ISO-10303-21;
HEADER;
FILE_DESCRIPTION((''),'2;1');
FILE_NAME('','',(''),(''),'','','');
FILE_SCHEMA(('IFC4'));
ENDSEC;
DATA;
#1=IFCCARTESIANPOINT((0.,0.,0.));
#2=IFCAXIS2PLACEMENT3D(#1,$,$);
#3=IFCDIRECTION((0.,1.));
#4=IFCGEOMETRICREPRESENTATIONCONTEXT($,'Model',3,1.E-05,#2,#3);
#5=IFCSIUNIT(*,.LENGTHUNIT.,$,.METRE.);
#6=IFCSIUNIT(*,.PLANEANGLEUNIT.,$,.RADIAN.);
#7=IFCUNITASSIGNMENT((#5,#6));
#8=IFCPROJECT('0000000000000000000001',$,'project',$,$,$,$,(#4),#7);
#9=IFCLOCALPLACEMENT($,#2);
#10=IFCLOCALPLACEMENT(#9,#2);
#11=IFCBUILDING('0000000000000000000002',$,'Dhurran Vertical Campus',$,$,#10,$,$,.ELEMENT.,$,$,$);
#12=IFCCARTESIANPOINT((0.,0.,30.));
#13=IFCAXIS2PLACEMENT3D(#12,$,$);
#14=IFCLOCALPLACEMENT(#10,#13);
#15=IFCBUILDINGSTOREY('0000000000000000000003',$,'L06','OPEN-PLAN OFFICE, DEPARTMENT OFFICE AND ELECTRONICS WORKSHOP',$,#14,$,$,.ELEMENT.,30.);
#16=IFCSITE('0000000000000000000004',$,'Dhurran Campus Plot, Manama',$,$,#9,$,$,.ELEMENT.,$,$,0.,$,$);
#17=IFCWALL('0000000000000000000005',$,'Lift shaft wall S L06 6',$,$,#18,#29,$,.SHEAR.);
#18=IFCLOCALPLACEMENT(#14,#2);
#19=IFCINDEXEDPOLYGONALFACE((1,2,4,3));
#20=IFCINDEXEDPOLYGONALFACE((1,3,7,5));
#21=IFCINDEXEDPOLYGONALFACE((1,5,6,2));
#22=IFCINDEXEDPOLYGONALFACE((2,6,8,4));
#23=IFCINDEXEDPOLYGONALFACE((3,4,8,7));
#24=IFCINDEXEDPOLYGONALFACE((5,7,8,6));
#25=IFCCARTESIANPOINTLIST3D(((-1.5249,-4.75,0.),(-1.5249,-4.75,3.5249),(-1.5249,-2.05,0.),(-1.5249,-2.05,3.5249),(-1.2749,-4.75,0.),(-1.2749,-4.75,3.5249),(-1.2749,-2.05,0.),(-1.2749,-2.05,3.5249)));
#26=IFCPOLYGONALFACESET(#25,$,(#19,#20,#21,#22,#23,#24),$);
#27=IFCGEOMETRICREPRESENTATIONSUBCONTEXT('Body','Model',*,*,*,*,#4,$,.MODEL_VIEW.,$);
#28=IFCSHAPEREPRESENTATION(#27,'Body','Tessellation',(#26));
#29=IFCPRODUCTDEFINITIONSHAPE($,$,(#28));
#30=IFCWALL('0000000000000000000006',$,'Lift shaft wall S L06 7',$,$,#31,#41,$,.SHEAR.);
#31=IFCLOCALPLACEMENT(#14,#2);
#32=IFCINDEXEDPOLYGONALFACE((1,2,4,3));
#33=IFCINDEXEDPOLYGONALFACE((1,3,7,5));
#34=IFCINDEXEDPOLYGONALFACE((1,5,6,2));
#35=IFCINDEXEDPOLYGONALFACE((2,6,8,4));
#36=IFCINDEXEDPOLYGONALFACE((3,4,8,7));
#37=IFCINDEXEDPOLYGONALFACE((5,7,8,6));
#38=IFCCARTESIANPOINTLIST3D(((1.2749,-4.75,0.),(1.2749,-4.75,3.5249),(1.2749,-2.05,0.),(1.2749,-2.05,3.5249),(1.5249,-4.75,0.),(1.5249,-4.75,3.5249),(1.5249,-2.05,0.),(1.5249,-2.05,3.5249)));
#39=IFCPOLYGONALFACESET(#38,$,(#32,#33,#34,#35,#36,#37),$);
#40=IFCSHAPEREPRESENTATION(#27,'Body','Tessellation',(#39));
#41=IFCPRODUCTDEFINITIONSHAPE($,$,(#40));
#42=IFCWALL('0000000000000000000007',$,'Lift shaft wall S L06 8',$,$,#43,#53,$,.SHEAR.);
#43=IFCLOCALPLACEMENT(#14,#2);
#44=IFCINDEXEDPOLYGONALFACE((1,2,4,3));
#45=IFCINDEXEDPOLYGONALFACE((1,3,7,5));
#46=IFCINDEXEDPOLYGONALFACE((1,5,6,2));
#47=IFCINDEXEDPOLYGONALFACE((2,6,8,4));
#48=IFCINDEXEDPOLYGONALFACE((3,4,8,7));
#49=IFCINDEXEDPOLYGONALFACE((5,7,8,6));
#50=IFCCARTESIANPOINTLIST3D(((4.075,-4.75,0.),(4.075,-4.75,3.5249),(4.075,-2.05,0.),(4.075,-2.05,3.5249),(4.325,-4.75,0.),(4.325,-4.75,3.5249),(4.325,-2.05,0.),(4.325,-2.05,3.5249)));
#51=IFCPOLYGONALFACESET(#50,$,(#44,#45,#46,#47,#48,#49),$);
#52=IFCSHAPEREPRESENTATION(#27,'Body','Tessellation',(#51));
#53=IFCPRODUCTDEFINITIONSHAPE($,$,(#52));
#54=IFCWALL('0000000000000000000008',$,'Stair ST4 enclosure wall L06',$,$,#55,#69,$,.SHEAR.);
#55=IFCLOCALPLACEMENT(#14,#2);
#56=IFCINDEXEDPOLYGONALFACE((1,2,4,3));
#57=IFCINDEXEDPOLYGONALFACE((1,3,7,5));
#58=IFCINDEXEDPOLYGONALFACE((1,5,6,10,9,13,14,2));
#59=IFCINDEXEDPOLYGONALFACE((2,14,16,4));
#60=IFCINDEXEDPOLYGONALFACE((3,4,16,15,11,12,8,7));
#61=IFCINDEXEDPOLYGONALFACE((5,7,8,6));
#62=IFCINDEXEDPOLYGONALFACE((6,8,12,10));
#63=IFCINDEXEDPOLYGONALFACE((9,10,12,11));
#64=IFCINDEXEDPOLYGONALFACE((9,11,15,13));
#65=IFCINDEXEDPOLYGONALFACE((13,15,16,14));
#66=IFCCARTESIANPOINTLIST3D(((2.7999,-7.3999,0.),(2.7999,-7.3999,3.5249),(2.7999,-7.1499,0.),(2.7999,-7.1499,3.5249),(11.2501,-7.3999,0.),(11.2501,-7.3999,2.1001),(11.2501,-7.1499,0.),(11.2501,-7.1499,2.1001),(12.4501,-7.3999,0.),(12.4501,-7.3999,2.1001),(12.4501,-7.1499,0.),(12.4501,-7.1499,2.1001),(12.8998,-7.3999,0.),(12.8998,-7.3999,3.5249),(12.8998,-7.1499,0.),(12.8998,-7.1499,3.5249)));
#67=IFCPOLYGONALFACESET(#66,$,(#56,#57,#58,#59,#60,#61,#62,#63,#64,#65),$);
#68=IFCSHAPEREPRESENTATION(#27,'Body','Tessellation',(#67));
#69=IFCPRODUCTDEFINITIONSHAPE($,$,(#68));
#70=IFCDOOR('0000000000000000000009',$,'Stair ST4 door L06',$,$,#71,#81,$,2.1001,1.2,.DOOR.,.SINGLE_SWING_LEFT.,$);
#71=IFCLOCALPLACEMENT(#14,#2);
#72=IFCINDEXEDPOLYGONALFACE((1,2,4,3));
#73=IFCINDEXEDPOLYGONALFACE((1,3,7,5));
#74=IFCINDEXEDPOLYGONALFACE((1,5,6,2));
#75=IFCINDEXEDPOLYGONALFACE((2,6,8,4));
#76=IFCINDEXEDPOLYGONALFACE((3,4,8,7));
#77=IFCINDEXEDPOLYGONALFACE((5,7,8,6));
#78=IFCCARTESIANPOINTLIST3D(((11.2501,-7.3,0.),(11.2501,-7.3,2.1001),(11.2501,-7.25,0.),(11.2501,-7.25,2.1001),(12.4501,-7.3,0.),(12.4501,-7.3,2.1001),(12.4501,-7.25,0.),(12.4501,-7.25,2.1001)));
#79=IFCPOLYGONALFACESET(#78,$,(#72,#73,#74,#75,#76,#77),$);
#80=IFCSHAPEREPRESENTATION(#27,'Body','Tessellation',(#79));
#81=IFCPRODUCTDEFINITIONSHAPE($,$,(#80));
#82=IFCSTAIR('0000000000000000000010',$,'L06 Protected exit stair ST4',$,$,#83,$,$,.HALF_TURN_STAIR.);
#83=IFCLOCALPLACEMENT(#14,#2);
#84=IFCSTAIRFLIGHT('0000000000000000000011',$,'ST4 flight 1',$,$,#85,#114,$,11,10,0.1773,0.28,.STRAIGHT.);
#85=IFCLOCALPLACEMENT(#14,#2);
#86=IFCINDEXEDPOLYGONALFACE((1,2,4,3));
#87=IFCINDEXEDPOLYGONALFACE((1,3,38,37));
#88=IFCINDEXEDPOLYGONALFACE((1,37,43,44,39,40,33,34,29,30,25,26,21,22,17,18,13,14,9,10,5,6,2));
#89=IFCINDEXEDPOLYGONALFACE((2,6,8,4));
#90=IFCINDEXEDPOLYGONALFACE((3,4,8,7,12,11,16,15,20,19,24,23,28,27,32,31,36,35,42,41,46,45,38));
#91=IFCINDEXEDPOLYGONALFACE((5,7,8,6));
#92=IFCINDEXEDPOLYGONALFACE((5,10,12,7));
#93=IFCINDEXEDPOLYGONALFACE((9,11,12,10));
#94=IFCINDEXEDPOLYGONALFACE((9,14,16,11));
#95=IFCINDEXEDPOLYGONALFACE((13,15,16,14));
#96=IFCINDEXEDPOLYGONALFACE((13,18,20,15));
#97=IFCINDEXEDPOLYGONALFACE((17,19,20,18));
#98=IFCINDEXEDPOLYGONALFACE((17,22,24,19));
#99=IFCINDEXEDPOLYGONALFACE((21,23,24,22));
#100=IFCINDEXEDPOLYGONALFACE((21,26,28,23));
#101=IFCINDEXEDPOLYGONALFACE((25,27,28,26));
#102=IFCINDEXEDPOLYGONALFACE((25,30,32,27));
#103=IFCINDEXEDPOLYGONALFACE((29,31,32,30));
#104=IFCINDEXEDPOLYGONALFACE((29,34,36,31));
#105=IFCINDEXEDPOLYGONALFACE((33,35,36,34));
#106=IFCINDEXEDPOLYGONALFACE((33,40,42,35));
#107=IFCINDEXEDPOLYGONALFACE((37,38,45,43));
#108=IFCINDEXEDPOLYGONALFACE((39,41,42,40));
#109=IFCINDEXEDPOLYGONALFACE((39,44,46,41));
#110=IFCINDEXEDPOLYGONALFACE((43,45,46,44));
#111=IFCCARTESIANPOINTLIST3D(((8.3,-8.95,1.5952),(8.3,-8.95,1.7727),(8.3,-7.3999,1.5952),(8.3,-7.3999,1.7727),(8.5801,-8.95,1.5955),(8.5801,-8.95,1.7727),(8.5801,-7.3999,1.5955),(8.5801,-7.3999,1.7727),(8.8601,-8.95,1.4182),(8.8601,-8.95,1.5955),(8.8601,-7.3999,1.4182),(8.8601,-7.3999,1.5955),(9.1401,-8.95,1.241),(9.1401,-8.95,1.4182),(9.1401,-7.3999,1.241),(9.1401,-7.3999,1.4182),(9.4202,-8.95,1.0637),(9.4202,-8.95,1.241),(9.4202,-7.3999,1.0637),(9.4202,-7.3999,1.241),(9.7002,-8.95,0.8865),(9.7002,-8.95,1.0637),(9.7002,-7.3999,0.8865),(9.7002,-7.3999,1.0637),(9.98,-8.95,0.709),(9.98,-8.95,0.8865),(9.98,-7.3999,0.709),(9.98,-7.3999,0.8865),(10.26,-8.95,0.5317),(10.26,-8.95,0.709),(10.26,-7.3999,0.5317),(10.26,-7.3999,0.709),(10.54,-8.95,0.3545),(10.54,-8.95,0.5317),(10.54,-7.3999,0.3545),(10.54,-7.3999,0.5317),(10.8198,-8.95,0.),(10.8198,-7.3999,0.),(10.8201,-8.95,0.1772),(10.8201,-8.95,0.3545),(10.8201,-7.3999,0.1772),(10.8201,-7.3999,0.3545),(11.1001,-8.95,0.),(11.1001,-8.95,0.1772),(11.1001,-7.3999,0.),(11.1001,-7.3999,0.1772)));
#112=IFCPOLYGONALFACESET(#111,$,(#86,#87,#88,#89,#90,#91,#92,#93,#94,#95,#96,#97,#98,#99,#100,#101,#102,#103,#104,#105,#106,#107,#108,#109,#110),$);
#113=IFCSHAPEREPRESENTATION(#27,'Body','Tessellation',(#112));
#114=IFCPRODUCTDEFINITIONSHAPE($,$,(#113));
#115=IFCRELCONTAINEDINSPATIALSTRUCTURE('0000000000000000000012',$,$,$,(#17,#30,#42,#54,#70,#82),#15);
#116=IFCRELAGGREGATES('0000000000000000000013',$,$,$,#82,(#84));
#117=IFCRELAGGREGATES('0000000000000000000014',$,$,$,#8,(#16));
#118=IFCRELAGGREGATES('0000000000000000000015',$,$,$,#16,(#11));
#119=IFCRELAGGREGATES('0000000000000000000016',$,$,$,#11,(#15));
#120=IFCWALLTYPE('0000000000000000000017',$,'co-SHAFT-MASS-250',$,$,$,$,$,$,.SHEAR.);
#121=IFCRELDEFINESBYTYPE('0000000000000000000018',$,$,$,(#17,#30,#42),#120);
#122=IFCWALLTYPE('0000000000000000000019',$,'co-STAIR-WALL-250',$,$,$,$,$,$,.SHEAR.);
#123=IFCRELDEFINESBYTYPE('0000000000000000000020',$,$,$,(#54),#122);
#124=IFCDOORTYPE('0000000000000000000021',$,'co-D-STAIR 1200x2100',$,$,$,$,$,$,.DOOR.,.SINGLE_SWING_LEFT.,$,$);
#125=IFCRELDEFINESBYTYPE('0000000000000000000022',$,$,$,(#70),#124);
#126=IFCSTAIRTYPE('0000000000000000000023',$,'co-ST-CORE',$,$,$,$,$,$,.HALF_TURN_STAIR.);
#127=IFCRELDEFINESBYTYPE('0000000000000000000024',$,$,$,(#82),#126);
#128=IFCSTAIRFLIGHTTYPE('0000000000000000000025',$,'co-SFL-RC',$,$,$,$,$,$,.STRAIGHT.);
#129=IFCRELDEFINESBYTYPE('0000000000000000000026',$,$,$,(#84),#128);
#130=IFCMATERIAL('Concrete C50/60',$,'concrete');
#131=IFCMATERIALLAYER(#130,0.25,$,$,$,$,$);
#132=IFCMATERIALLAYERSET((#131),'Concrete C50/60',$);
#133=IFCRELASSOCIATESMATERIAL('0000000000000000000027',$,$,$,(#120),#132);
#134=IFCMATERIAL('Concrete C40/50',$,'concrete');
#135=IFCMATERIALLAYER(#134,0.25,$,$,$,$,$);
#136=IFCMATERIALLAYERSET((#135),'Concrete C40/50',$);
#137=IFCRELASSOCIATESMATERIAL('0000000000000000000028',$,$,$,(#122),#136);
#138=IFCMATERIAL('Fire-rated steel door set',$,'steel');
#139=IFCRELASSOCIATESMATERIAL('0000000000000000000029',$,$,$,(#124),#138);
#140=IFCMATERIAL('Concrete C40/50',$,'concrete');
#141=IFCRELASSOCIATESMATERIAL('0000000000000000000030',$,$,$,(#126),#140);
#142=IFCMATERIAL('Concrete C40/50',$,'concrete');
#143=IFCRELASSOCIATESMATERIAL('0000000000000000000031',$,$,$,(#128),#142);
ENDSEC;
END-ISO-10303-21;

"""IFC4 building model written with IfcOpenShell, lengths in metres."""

from ifc_helpers import new_model, si_unit, direction, frame, frame_2d, origin, place, context, subcontext, project, spatial, polyline, rectangle, outline, extrude, material, layer, layer_set, type_object, element, fill, aggregate, save


model = new_model("IFC4")

# Units and contexts
model_context = context("Model", 3, precision=1e-05, world=origin(), true_north=direction((0.0, 1.0)))
body_context = subcontext(model_context, "Body", "Model", "MODEL_VIEW")
ifc_project = project(units=[si_unit("LENGTHUNIT", "METRE"), si_unit("PLANEANGLEUNIT", "RADIAN")], contexts=[model_context])

# Site, building, storey
site_placement = place(None, origin())
site = spatial("IfcSite", under=ifc_project, at=site_placement, Name="Dhurran Campus Plot, Manama", CompositionType="ELEMENT", RefElevation=0.0)
building_placement = place(site_placement, origin())
building = spatial("IfcBuilding", under=site, at=building_placement, Name="Dhurran Vertical Campus", CompositionType="ELEMENT")
storey_placement = place(building_placement, frame((0.0, 0.0, 30.0)))
storey = spatial("IfcBuildingStorey", under=building, at=storey_placement, Name="L06", Description="OPEN-PLAN OFFICE, DEPARTMENT OFFICE AND ELECTRONICS WORKSHOP", CompositionType="ELEMENT", Elevation=30.0)

# Walls
ifc_material_1 = material(Name="Concrete C50/60", Category="concrete")
ifc_layer_1 = layer(ifc_material_1, 0.25)
ifc_layer_set_1 = layer_set([ifc_layer_1], Name="Concrete C50/60")
wall_type_1 = type_object("IfcWallType", Name="co-SHAFT-MASS-250", PredefinedType="SHEAR", material=ifc_layer_set_1)
wall_1_placement = place(storey_placement, origin())
element("IfcWall", 1, at=wall_1_placement, inside=storey, type_object=wall_type_1, Name="Lift shaft wall S L06 6", PredefinedType="SHEAR", context=body_context, shape_type="SweptSolid", body=[
    extrude(outline(polyline([(-1.5249, -4.75), (-1.2749, -4.75), (-1.2749, -2.05), (-1.5249, -2.05), (-1.5249, -4.75)])), origin(), (0.0, 0.0, 1.0), 3.5249),
])
wall_2_placement = place(storey_placement, origin())
element("IfcWall", 2, at=wall_2_placement, inside=storey, type_object=wall_type_1, Name="Lift shaft wall S L06 7", PredefinedType="SHEAR", context=body_context, shape_type="SweptSolid", body=[
    extrude(outline(polyline([(1.2749, -4.75), (1.5249, -4.75), (1.5249, -2.05), (1.2749, -2.05), (1.2749, -4.75)])), origin(), (0.0, 0.0, 1.0), 3.5249),
])
wall_3_placement = place(storey_placement, origin())
element("IfcWall", 3, at=wall_3_placement, inside=storey, type_object=wall_type_1, Name="Lift shaft wall S L06 8", PredefinedType="SHEAR", context=body_context, shape_type="SweptSolid", body=[
    extrude(outline(polyline([(4.075, -4.75), (4.325, -4.75), (4.325, -2.05), (4.075, -2.05), (4.075, -4.75)])), origin(), (0.0, 0.0, 1.0), 3.5249),
])

# Wall, opening, door
ifc_material_2 = material(Name="Concrete C40/50", Category="concrete")
ifc_layer_2 = layer(ifc_material_2, 0.25)
ifc_layer_set_2 = layer_set([ifc_layer_2], Name="Concrete C40/50")
wall_type_2 = type_object("IfcWallType", Name="co-STAIR-WALL-250", PredefinedType="SHEAR", material=ifc_layer_set_2)
wall_4_placement = place(storey_placement, frame((2.8, -7.2749, 0.0), z_axis=(0.0, 0.0, 1.0), x_axis=(1.0, 0.0, 0.0)))
wall_4 = element("IfcWall", 4, at=wall_4_placement, inside=storey, type_object=wall_type_2, Name="Stair ST4 enclosure wall L06", PredefinedType="SHEAR", context=body_context, shape_type="SweptSolid", body=[
    extrude(rectangle(XDim=10.0999, YDim=0.25, at=frame_2d((5.0498, 0.0))), origin(), (0.0, 0.0, 1.0), 3.5249),
])
opening_1_placement = place(wall_4_placement, frame((8.45, 0.0, 0.0)))
opening_1 = element("IfcOpeningElement", 5, at=opening_1_placement, cuts=wall_4, PredefinedType="OPENING", context=body_context, shape_type="SweptSolid", body=[
    extrude(rectangle(XDim=1.2, YDim=2.1001, at=frame_2d((0.6001, 1.05))), frame((0.0, 0.135, 0.0), z_axis=(0.0, -1.0, 0.0), x_axis=(1.0, 0.0, 0.0)), (0.0, 0.0, 1.0), 0.27),
])
ifc_material_3 = material(Name="Fire-rated steel door set", Category="steel")
door_type_1 = type_object("IfcDoorType", Name="co-D-STAIR 1200x2100", OperationType="SINGLE_SWING_LEFT", PredefinedType="DOOR", material=ifc_material_3)
door_1_placement = place(opening_1_placement, origin())
door_1 = element("IfcDoor", 6, at=door_1_placement, inside=storey, type_object=door_type_1, Name="Stair ST4 door L06", OperationType="SINGLE_SWING_LEFT", OverallHeight=2.1001, OverallWidth=1.2, PredefinedType="DOOR", context=body_context, shape_type="SweptSolid", body=[
    extrude(rectangle(XDim=1.2, YDim=2.1001, at=frame_2d((0.6001, 1.05))), frame((0.0, 0.0249, 0.0), z_axis=(0.0, -1.0, 0.0), x_axis=(1.0, 0.0, 0.0)), (0.0, 0.0, 1.0), 0.05),
])
fill(opening_1, door_1)

# Stair, stair flight
ifc_material_4 = material(Name="Concrete C40/50", Category="concrete")
stair_type = type_object("IfcStairType", Name="co-ST-CORE", PredefinedType="HALF_TURN_STAIR", material=ifc_material_4)
stair_placement = place(storey_placement, origin())
stair = element("IfcStair", 7, at=stair_placement, inside=storey, type_object=stair_type, Name="L06 Protected exit stair ST4", PredefinedType="HALF_TURN_STAIR")
ifc_material_5 = material(Name="Concrete C40/50", Category="concrete")
stair_flight_type = type_object("IfcStairFlightType", Name="co-SFL-RC", PredefinedType="STRAIGHT", material=ifc_material_5)
stair_flight_placement = place(storey_placement, frame((11.1001, -8.175, 0.0), z_axis=(0.0, 0.0, 1.0), x_axis=(-1.0, 0.0, 0.0)))
stair_flight = element("IfcStairFlight", 8, at=stair_flight_placement, type_object=stair_flight_type, Name="ST4 flight 1", NumberOfRisers=11, NumberOfTreads=10, PredefinedType="STRAIGHT", RiserHeight=0.1773, TreadLength=0.28, context=body_context, shape_type="SweptSolid", body=[
    extrude(outline(polyline([(0.0, 0.0), (0.0, 0.1772), (0.28, 0.1772), (0.28, 0.3545), (0.5601, 0.3545), (0.5601, 0.5317), (0.8401, 0.5317), (0.8401, 0.709), (1.1201, 0.709), (1.1201, 0.8865), (1.3999, 0.8865), (1.3999, 1.0637), (1.6799, 1.0637), (1.6799, 1.241), (1.96, 1.241), (1.96, 1.4182), (2.24, 1.4182), (2.24, 1.5955), (2.52, 1.5955), (2.52, 1.7727), (2.8, 1.7727), (2.8, 1.95), (2.8, 1.5952), (0.2803, 0.0), (0.0, 0.0)])), frame((0.0, 0.7749, 0.0), z_axis=(0.0, -1.0, 0.0), x_axis=(1.0, 0.0, 0.0)), (0.0, 0.0, 1.0), 1.55),
])
aggregate(stair, [stair_flight])

save(model, "model.ifc")
